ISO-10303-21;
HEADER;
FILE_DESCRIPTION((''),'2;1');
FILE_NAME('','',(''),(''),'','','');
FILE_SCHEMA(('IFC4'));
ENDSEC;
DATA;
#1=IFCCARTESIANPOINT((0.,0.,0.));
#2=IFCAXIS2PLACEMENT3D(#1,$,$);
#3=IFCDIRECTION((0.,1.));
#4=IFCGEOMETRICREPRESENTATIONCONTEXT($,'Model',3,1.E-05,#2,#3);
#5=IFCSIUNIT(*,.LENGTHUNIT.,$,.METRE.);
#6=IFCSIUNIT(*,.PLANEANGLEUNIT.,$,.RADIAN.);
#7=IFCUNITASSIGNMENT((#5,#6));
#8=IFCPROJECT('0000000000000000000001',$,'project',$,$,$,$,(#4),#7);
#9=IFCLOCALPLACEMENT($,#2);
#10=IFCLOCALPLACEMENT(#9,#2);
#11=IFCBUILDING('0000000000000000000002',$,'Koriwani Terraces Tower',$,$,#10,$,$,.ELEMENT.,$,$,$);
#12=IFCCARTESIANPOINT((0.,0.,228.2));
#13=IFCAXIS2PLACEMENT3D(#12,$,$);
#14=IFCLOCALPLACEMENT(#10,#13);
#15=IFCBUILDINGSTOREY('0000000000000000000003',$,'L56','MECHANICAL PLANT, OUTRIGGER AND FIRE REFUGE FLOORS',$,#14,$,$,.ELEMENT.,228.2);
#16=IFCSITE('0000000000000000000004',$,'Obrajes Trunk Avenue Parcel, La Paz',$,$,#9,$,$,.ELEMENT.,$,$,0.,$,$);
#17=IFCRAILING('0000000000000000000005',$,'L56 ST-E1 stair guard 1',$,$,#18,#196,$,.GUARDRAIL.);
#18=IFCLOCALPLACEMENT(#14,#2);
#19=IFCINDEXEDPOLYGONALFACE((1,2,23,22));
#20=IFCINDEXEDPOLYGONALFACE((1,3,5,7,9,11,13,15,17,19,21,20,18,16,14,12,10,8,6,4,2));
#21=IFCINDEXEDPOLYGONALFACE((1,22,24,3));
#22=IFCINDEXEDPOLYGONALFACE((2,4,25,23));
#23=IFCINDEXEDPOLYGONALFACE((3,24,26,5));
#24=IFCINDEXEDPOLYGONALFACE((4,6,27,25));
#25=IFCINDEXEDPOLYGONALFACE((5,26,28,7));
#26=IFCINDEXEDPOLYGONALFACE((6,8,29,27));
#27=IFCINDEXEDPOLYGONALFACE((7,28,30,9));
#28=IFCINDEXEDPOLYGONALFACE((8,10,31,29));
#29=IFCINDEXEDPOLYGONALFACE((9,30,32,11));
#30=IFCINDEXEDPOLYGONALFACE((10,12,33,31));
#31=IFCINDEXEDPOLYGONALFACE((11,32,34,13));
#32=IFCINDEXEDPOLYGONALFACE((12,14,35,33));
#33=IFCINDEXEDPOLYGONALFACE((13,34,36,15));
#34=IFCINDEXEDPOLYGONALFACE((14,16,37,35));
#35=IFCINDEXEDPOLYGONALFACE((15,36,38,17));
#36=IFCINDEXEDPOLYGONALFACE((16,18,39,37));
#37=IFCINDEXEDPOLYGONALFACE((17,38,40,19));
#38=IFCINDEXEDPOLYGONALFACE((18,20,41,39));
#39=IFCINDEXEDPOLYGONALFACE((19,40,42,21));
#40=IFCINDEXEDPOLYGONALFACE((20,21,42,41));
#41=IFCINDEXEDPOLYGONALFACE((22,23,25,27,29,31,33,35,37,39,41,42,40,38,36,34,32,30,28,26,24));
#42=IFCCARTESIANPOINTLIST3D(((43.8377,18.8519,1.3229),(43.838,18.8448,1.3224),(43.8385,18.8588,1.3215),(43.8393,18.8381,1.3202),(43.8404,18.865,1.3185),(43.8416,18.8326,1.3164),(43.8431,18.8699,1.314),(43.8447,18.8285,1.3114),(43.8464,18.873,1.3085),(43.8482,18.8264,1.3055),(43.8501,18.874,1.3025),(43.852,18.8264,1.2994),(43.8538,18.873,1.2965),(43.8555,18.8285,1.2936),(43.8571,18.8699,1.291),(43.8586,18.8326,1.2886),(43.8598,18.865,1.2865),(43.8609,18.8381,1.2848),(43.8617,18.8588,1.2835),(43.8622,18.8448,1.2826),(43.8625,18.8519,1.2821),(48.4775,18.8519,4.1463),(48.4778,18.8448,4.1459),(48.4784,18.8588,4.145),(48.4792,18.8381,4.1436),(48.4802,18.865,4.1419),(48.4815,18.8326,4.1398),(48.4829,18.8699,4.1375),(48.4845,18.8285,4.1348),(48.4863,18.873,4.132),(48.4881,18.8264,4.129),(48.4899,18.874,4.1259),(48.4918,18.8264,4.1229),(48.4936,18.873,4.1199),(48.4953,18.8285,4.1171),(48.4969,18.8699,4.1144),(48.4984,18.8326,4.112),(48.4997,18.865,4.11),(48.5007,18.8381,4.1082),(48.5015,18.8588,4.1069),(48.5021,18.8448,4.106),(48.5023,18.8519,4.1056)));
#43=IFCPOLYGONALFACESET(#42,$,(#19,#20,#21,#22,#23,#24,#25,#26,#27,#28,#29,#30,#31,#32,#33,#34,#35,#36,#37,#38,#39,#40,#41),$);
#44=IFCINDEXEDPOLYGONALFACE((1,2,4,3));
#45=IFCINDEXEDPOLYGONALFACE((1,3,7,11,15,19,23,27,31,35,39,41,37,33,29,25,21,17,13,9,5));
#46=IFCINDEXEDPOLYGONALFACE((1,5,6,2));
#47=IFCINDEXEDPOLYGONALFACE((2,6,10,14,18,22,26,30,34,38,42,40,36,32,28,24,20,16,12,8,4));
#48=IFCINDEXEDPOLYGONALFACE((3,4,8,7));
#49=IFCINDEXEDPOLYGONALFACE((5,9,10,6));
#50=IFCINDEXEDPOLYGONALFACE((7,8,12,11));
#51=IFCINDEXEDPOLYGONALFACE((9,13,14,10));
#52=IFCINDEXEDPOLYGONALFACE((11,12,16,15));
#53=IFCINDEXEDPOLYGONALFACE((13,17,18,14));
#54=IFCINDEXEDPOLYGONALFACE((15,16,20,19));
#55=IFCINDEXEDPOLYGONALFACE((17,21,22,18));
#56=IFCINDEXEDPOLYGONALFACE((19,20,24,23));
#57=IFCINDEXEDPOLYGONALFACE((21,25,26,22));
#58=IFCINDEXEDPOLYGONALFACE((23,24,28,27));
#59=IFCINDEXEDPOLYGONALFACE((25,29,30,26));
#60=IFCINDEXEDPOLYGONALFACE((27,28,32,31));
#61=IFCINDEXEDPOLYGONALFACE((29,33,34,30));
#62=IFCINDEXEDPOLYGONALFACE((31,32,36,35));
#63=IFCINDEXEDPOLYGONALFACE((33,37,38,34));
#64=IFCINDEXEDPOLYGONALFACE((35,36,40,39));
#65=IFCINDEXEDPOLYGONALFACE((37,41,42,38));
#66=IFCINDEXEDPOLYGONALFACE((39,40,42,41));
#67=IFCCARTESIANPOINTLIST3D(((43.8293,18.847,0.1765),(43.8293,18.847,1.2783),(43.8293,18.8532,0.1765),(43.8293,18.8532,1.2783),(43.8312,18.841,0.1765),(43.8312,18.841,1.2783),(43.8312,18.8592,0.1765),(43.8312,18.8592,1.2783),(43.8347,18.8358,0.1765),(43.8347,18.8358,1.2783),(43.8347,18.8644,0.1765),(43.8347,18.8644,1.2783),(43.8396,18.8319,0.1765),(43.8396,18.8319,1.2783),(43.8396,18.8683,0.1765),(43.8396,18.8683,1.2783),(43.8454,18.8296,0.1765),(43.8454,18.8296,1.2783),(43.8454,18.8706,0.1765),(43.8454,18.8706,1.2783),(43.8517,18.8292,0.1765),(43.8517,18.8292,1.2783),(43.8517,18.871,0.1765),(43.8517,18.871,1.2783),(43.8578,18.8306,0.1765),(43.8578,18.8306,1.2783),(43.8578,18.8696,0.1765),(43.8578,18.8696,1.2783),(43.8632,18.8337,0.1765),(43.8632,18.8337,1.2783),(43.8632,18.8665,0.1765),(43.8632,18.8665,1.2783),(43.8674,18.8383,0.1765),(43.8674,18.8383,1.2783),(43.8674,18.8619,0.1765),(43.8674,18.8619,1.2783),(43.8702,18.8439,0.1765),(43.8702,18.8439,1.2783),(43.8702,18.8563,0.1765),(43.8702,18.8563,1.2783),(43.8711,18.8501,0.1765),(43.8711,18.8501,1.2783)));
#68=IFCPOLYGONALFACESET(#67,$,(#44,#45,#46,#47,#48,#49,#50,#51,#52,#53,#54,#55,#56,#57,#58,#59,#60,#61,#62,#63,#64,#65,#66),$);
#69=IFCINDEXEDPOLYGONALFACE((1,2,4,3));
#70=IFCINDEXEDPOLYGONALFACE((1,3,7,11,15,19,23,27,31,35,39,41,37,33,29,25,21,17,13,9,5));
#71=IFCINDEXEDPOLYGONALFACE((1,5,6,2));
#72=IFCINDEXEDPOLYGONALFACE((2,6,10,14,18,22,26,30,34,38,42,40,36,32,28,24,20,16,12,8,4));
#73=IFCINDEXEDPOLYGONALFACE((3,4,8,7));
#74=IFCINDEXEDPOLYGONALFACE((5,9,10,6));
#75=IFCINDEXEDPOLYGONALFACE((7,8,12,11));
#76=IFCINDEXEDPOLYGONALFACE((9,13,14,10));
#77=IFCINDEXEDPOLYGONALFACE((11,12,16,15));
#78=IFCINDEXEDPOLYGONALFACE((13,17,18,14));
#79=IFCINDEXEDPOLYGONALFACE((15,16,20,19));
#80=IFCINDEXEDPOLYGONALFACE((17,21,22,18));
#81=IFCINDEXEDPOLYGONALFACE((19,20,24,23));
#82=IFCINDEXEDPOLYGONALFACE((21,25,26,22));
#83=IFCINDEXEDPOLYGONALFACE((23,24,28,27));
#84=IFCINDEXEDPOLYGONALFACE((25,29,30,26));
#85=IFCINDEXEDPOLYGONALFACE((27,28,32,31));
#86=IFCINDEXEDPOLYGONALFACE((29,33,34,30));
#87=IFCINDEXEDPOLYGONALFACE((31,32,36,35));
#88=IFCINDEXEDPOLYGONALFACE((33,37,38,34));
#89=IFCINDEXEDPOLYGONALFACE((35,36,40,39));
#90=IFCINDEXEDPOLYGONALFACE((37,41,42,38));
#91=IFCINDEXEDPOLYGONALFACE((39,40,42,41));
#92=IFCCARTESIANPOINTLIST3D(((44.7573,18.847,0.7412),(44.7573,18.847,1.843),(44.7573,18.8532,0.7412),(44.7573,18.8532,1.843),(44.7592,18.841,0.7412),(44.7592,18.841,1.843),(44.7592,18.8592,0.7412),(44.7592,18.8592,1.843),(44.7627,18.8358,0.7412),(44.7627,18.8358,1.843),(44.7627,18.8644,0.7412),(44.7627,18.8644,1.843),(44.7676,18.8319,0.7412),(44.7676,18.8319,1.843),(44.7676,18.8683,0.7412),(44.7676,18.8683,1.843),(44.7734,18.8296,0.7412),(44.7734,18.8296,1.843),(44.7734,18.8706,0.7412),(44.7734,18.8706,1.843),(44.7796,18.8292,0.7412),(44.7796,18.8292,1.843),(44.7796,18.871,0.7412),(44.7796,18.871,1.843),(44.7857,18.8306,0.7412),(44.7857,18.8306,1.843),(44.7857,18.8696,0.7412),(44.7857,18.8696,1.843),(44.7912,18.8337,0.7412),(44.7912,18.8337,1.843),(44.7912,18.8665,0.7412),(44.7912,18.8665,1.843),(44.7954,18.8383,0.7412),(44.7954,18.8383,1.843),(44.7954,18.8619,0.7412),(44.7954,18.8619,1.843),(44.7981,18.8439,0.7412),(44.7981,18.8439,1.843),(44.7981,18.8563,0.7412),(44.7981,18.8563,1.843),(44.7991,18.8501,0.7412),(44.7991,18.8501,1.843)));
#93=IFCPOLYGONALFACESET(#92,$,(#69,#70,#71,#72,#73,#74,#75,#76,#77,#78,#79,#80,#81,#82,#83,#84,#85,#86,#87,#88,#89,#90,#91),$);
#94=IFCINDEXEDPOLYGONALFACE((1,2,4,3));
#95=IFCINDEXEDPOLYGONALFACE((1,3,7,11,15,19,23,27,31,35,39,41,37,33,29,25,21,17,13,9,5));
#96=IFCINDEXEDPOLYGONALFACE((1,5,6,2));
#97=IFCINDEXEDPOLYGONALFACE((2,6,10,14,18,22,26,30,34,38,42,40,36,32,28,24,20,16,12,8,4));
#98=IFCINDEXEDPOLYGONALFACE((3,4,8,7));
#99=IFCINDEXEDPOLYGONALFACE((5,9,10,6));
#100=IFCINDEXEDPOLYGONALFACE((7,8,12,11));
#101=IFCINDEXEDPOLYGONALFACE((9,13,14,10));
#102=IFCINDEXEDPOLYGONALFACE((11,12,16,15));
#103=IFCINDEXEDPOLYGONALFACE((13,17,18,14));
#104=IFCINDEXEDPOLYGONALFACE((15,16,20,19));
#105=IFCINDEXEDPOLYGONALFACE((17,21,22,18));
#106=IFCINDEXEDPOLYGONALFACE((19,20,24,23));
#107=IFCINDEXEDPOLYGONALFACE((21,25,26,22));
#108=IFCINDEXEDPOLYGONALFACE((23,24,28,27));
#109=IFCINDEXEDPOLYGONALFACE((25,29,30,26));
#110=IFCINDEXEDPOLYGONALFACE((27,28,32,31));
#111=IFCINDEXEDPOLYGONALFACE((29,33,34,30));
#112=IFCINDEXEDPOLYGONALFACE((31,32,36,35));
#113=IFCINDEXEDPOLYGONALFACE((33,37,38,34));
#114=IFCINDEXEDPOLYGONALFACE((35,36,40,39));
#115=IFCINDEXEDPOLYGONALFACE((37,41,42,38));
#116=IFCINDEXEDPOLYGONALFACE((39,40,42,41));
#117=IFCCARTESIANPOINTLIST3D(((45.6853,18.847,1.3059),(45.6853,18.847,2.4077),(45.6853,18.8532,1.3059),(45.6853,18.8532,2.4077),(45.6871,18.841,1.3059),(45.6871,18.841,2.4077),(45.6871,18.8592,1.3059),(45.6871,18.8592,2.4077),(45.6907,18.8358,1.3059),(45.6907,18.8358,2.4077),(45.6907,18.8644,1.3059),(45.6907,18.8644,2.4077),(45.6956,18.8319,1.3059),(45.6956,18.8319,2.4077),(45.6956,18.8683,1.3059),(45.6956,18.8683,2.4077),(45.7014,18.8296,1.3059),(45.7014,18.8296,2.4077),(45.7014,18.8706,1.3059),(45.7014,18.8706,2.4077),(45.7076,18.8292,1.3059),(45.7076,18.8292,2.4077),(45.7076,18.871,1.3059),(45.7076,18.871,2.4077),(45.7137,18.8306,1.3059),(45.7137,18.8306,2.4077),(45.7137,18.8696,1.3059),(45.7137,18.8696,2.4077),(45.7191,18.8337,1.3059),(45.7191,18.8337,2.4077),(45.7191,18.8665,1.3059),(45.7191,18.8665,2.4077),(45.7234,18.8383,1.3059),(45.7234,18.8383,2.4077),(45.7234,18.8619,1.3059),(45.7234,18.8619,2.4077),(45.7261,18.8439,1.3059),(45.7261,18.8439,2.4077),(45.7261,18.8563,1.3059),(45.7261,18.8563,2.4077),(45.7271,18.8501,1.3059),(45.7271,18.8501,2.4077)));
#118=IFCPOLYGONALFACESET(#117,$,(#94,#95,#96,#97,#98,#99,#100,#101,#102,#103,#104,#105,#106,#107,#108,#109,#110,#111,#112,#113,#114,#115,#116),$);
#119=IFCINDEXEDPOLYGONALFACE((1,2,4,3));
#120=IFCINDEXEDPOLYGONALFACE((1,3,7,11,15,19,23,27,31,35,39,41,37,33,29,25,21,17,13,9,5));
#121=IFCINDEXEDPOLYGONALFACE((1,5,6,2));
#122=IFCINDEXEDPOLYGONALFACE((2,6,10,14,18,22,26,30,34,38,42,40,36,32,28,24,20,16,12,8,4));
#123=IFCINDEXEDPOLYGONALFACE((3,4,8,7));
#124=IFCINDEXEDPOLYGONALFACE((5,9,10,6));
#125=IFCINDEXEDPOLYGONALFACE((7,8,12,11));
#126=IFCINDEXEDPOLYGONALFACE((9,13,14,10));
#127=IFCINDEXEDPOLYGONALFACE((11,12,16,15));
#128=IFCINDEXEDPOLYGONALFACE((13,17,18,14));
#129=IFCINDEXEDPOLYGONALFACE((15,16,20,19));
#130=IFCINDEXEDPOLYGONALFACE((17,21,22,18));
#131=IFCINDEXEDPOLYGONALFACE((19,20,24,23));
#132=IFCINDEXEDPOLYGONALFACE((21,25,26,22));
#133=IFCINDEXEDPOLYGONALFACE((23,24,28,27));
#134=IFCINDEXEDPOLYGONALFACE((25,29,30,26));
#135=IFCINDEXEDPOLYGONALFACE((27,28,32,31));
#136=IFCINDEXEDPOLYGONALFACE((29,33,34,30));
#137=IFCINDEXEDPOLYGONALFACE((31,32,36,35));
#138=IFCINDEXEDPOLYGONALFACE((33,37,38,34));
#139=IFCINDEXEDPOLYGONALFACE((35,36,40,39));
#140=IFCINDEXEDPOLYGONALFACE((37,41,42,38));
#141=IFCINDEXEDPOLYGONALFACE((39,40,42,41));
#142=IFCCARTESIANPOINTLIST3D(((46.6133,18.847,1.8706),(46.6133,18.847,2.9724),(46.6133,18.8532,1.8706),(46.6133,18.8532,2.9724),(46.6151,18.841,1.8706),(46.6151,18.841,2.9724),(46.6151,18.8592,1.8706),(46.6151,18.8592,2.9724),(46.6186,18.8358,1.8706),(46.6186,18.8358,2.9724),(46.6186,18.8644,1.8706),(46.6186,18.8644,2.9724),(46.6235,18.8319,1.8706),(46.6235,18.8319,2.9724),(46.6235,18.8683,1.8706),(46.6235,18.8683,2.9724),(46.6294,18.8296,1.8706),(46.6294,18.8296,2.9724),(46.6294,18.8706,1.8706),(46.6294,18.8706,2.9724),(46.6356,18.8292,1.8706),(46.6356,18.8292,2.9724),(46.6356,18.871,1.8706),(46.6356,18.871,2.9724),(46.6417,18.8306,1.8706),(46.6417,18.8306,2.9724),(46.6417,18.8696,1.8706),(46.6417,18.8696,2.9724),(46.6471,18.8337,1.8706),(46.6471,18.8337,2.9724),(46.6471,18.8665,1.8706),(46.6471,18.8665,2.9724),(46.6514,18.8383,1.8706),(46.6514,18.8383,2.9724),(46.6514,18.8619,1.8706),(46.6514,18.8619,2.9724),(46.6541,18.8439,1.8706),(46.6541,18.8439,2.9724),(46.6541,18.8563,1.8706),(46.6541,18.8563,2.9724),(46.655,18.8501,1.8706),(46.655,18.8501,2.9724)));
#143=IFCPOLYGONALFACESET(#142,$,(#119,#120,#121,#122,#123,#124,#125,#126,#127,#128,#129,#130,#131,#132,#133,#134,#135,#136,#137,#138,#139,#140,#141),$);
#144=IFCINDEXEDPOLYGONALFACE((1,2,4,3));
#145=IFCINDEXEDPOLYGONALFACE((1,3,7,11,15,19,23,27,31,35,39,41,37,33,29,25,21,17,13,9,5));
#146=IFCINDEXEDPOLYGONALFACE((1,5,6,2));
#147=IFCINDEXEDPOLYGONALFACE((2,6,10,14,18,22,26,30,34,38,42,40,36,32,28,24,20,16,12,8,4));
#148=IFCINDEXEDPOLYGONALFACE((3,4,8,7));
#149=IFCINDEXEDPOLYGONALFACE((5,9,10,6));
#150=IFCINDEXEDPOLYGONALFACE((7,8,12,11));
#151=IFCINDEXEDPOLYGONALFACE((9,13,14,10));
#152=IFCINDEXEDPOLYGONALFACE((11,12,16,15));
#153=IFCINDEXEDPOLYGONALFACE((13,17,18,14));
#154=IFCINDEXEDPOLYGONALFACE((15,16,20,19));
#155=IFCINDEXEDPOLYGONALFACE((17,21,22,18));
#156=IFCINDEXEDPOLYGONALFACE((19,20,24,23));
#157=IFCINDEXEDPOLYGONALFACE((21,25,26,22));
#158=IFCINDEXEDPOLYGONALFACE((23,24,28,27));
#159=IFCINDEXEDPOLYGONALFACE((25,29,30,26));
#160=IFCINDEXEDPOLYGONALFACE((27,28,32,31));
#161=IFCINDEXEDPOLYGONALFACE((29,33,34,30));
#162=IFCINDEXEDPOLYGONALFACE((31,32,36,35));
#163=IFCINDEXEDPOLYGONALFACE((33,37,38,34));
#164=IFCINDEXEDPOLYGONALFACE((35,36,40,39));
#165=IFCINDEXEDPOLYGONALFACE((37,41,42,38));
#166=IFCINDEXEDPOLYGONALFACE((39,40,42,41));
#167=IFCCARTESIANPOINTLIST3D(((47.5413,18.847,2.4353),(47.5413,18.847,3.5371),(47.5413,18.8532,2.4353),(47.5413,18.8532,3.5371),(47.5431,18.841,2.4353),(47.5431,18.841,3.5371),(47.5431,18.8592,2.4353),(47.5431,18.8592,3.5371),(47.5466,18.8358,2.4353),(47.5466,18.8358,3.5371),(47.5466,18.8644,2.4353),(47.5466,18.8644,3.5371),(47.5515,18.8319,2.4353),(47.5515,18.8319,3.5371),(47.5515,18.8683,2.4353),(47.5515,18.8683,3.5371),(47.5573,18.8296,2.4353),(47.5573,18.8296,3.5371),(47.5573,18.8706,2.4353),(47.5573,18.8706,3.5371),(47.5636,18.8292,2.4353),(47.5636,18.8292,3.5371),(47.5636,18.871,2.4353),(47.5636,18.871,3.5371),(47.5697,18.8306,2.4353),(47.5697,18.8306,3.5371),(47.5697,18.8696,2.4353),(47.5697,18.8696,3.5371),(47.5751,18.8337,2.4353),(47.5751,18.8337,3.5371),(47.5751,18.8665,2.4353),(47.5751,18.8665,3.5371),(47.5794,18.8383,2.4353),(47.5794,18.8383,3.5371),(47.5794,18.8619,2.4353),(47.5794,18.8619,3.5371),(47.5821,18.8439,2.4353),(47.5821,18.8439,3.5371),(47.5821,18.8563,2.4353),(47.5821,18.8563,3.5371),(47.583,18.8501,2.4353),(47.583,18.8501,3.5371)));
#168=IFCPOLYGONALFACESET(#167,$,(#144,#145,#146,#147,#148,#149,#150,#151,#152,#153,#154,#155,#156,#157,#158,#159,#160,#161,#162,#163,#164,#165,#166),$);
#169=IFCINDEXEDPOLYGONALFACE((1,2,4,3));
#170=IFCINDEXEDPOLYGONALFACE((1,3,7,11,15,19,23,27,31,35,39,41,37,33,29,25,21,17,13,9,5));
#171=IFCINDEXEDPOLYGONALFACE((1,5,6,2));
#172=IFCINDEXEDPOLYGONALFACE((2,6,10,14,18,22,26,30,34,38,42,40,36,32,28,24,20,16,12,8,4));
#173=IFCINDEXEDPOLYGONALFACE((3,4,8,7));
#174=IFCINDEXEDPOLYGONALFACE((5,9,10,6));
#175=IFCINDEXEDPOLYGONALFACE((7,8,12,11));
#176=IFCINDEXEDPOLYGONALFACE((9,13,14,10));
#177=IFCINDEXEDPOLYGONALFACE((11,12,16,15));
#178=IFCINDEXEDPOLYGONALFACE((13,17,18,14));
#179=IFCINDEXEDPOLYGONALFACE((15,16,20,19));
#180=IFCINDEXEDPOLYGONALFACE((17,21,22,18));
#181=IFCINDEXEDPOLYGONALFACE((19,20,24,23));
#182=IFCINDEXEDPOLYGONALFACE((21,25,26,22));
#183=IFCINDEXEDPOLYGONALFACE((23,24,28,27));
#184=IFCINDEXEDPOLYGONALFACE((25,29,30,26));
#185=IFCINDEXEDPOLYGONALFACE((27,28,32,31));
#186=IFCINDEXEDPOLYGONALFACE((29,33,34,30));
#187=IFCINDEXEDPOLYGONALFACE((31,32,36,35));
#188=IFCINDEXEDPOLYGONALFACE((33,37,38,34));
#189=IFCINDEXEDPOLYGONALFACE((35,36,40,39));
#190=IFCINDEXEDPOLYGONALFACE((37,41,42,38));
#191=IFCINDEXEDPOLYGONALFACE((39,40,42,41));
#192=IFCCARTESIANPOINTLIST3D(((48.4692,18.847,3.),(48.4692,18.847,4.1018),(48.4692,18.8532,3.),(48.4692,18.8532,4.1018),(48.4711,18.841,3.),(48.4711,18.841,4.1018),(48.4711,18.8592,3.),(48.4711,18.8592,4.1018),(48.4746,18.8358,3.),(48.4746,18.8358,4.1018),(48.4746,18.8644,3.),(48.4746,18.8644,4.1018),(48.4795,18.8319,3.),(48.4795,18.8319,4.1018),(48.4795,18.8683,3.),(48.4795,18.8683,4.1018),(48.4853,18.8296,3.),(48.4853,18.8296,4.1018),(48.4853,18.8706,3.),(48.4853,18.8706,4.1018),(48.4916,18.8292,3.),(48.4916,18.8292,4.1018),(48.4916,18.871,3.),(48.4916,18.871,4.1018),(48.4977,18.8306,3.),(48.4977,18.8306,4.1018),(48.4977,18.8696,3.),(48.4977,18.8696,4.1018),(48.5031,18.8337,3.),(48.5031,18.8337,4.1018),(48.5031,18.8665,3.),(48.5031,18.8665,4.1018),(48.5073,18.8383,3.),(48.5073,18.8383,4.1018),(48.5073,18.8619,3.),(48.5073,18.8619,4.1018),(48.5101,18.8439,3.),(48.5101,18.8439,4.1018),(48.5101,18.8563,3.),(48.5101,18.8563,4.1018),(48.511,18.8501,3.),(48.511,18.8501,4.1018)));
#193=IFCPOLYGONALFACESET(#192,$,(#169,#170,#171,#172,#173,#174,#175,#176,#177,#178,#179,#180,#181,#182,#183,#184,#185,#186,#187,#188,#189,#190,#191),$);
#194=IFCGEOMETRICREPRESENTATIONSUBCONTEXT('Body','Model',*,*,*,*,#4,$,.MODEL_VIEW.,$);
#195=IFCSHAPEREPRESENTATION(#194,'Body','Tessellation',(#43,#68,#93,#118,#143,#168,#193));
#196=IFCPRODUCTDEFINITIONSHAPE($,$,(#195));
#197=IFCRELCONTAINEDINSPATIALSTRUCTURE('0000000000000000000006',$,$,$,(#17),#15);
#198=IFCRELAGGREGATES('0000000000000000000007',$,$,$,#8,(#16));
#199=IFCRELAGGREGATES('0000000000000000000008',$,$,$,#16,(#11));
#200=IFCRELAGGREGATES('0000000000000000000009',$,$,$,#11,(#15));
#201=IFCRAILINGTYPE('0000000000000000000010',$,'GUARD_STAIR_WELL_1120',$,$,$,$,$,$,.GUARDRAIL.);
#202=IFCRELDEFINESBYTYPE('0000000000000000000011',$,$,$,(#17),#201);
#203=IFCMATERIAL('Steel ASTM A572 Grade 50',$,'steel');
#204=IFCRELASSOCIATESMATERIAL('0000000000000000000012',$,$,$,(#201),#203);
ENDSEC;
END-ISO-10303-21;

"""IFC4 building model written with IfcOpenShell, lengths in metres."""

from ifc_helpers import new_model, si_unit, direction, frame, origin, origin_2d, place, context, subcontext, project, spatial, circle, extrude, material, type_object, element, save


model = new_model("IFC4")

# Units and contexts
model_context = context("Model", 3, precision=1e-05, world=origin(), true_north=direction((0.0, 1.0)))
body_context = subcontext(model_context, "Body", "Model", "MODEL_VIEW")
ifc_project = project(units=[si_unit("LENGTHUNIT", "METRE"), si_unit("PLANEANGLEUNIT", "RADIAN")], contexts=[model_context])

# Site, building, storey
site_placement = place(None, origin())
site = spatial("IfcSite", under=ifc_project, at=site_placement, Name="Obrajes Trunk Avenue Parcel, La Paz", CompositionType="ELEMENT", RefElevation=0.0)
building_placement = place(site_placement, origin())
building = spatial("IfcBuilding", under=site, at=building_placement, Name="Koriwani Terraces Tower", CompositionType="ELEMENT")
storey_placement = place(building_placement, frame((0.0, 0.0, 228.2)))
storey = spatial("IfcBuildingStorey", under=building, at=storey_placement, Name="L56", Description="MECHANICAL PLANT, OUTRIGGER AND FIRE REFUGE FLOORS", CompositionType="ELEMENT", Elevation=228.2)

# Shared definitions
ifc_material_1 = material(Name="Steel ASTM A572 Grade 50", Category="steel")

# Railing
railing_type_1 = type_object("IfcRailingType", Name="GUARD_STAIR_WELL_1120", PredefinedType="GUARDRAIL", material=ifc_material_1)
railing_1_placement = place(storey_placement, frame((43.8501, 18.8501, 0.1765)))
element("IfcRailing", 1, at=railing_1_placement, inside=storey, type_object=railing_type_1, Name="L56 ST-E1 stair guard 1", PredefinedType="GUARDRAIL", context=body_context, shape_type="SweptSolid", body=[
    extrude(circle(Radius=0.0239, at=origin_2d()), frame((0.0, 0.0, 1.126), z_axis=(0.854264, 0.0, 0.51984), x_axis=(0.0, 1.0, 0.0)), (0.0, 0.0, 1.0), 5.4314),
    extrude(circle(Radius=0.021, at=origin_2d()), origin(), (0.0, 0.0, 1.0), 1.1018),
    extrude(circle(Radius=0.021, at=origin_2d()), frame((0.928, 0.0, 0.5647)), (0.0, 0.0, 1.0), 1.1018),
    extrude(circle(Radius=0.021, at=origin_2d()), frame((1.856, 0.0, 1.1294)), (0.0, 0.0, 1.0), 1.1018),
    extrude(circle(Radius=0.021, at=origin_2d()), frame((2.7839, 0.0, 1.6941)), (0.0, 0.0, 1.0), 1.1018),
    extrude(circle(Radius=0.021, at=origin_2d()), frame((3.7119, 0.0, 2.2588)), (0.0, 0.0, 1.0), 1.1018),
    extrude(circle(Radius=0.021, at=origin_2d()), frame((4.6399, 0.0, 2.8235)), (0.0, 0.0, 1.0), 1.1018),
])

save(model, "model.ifc")
